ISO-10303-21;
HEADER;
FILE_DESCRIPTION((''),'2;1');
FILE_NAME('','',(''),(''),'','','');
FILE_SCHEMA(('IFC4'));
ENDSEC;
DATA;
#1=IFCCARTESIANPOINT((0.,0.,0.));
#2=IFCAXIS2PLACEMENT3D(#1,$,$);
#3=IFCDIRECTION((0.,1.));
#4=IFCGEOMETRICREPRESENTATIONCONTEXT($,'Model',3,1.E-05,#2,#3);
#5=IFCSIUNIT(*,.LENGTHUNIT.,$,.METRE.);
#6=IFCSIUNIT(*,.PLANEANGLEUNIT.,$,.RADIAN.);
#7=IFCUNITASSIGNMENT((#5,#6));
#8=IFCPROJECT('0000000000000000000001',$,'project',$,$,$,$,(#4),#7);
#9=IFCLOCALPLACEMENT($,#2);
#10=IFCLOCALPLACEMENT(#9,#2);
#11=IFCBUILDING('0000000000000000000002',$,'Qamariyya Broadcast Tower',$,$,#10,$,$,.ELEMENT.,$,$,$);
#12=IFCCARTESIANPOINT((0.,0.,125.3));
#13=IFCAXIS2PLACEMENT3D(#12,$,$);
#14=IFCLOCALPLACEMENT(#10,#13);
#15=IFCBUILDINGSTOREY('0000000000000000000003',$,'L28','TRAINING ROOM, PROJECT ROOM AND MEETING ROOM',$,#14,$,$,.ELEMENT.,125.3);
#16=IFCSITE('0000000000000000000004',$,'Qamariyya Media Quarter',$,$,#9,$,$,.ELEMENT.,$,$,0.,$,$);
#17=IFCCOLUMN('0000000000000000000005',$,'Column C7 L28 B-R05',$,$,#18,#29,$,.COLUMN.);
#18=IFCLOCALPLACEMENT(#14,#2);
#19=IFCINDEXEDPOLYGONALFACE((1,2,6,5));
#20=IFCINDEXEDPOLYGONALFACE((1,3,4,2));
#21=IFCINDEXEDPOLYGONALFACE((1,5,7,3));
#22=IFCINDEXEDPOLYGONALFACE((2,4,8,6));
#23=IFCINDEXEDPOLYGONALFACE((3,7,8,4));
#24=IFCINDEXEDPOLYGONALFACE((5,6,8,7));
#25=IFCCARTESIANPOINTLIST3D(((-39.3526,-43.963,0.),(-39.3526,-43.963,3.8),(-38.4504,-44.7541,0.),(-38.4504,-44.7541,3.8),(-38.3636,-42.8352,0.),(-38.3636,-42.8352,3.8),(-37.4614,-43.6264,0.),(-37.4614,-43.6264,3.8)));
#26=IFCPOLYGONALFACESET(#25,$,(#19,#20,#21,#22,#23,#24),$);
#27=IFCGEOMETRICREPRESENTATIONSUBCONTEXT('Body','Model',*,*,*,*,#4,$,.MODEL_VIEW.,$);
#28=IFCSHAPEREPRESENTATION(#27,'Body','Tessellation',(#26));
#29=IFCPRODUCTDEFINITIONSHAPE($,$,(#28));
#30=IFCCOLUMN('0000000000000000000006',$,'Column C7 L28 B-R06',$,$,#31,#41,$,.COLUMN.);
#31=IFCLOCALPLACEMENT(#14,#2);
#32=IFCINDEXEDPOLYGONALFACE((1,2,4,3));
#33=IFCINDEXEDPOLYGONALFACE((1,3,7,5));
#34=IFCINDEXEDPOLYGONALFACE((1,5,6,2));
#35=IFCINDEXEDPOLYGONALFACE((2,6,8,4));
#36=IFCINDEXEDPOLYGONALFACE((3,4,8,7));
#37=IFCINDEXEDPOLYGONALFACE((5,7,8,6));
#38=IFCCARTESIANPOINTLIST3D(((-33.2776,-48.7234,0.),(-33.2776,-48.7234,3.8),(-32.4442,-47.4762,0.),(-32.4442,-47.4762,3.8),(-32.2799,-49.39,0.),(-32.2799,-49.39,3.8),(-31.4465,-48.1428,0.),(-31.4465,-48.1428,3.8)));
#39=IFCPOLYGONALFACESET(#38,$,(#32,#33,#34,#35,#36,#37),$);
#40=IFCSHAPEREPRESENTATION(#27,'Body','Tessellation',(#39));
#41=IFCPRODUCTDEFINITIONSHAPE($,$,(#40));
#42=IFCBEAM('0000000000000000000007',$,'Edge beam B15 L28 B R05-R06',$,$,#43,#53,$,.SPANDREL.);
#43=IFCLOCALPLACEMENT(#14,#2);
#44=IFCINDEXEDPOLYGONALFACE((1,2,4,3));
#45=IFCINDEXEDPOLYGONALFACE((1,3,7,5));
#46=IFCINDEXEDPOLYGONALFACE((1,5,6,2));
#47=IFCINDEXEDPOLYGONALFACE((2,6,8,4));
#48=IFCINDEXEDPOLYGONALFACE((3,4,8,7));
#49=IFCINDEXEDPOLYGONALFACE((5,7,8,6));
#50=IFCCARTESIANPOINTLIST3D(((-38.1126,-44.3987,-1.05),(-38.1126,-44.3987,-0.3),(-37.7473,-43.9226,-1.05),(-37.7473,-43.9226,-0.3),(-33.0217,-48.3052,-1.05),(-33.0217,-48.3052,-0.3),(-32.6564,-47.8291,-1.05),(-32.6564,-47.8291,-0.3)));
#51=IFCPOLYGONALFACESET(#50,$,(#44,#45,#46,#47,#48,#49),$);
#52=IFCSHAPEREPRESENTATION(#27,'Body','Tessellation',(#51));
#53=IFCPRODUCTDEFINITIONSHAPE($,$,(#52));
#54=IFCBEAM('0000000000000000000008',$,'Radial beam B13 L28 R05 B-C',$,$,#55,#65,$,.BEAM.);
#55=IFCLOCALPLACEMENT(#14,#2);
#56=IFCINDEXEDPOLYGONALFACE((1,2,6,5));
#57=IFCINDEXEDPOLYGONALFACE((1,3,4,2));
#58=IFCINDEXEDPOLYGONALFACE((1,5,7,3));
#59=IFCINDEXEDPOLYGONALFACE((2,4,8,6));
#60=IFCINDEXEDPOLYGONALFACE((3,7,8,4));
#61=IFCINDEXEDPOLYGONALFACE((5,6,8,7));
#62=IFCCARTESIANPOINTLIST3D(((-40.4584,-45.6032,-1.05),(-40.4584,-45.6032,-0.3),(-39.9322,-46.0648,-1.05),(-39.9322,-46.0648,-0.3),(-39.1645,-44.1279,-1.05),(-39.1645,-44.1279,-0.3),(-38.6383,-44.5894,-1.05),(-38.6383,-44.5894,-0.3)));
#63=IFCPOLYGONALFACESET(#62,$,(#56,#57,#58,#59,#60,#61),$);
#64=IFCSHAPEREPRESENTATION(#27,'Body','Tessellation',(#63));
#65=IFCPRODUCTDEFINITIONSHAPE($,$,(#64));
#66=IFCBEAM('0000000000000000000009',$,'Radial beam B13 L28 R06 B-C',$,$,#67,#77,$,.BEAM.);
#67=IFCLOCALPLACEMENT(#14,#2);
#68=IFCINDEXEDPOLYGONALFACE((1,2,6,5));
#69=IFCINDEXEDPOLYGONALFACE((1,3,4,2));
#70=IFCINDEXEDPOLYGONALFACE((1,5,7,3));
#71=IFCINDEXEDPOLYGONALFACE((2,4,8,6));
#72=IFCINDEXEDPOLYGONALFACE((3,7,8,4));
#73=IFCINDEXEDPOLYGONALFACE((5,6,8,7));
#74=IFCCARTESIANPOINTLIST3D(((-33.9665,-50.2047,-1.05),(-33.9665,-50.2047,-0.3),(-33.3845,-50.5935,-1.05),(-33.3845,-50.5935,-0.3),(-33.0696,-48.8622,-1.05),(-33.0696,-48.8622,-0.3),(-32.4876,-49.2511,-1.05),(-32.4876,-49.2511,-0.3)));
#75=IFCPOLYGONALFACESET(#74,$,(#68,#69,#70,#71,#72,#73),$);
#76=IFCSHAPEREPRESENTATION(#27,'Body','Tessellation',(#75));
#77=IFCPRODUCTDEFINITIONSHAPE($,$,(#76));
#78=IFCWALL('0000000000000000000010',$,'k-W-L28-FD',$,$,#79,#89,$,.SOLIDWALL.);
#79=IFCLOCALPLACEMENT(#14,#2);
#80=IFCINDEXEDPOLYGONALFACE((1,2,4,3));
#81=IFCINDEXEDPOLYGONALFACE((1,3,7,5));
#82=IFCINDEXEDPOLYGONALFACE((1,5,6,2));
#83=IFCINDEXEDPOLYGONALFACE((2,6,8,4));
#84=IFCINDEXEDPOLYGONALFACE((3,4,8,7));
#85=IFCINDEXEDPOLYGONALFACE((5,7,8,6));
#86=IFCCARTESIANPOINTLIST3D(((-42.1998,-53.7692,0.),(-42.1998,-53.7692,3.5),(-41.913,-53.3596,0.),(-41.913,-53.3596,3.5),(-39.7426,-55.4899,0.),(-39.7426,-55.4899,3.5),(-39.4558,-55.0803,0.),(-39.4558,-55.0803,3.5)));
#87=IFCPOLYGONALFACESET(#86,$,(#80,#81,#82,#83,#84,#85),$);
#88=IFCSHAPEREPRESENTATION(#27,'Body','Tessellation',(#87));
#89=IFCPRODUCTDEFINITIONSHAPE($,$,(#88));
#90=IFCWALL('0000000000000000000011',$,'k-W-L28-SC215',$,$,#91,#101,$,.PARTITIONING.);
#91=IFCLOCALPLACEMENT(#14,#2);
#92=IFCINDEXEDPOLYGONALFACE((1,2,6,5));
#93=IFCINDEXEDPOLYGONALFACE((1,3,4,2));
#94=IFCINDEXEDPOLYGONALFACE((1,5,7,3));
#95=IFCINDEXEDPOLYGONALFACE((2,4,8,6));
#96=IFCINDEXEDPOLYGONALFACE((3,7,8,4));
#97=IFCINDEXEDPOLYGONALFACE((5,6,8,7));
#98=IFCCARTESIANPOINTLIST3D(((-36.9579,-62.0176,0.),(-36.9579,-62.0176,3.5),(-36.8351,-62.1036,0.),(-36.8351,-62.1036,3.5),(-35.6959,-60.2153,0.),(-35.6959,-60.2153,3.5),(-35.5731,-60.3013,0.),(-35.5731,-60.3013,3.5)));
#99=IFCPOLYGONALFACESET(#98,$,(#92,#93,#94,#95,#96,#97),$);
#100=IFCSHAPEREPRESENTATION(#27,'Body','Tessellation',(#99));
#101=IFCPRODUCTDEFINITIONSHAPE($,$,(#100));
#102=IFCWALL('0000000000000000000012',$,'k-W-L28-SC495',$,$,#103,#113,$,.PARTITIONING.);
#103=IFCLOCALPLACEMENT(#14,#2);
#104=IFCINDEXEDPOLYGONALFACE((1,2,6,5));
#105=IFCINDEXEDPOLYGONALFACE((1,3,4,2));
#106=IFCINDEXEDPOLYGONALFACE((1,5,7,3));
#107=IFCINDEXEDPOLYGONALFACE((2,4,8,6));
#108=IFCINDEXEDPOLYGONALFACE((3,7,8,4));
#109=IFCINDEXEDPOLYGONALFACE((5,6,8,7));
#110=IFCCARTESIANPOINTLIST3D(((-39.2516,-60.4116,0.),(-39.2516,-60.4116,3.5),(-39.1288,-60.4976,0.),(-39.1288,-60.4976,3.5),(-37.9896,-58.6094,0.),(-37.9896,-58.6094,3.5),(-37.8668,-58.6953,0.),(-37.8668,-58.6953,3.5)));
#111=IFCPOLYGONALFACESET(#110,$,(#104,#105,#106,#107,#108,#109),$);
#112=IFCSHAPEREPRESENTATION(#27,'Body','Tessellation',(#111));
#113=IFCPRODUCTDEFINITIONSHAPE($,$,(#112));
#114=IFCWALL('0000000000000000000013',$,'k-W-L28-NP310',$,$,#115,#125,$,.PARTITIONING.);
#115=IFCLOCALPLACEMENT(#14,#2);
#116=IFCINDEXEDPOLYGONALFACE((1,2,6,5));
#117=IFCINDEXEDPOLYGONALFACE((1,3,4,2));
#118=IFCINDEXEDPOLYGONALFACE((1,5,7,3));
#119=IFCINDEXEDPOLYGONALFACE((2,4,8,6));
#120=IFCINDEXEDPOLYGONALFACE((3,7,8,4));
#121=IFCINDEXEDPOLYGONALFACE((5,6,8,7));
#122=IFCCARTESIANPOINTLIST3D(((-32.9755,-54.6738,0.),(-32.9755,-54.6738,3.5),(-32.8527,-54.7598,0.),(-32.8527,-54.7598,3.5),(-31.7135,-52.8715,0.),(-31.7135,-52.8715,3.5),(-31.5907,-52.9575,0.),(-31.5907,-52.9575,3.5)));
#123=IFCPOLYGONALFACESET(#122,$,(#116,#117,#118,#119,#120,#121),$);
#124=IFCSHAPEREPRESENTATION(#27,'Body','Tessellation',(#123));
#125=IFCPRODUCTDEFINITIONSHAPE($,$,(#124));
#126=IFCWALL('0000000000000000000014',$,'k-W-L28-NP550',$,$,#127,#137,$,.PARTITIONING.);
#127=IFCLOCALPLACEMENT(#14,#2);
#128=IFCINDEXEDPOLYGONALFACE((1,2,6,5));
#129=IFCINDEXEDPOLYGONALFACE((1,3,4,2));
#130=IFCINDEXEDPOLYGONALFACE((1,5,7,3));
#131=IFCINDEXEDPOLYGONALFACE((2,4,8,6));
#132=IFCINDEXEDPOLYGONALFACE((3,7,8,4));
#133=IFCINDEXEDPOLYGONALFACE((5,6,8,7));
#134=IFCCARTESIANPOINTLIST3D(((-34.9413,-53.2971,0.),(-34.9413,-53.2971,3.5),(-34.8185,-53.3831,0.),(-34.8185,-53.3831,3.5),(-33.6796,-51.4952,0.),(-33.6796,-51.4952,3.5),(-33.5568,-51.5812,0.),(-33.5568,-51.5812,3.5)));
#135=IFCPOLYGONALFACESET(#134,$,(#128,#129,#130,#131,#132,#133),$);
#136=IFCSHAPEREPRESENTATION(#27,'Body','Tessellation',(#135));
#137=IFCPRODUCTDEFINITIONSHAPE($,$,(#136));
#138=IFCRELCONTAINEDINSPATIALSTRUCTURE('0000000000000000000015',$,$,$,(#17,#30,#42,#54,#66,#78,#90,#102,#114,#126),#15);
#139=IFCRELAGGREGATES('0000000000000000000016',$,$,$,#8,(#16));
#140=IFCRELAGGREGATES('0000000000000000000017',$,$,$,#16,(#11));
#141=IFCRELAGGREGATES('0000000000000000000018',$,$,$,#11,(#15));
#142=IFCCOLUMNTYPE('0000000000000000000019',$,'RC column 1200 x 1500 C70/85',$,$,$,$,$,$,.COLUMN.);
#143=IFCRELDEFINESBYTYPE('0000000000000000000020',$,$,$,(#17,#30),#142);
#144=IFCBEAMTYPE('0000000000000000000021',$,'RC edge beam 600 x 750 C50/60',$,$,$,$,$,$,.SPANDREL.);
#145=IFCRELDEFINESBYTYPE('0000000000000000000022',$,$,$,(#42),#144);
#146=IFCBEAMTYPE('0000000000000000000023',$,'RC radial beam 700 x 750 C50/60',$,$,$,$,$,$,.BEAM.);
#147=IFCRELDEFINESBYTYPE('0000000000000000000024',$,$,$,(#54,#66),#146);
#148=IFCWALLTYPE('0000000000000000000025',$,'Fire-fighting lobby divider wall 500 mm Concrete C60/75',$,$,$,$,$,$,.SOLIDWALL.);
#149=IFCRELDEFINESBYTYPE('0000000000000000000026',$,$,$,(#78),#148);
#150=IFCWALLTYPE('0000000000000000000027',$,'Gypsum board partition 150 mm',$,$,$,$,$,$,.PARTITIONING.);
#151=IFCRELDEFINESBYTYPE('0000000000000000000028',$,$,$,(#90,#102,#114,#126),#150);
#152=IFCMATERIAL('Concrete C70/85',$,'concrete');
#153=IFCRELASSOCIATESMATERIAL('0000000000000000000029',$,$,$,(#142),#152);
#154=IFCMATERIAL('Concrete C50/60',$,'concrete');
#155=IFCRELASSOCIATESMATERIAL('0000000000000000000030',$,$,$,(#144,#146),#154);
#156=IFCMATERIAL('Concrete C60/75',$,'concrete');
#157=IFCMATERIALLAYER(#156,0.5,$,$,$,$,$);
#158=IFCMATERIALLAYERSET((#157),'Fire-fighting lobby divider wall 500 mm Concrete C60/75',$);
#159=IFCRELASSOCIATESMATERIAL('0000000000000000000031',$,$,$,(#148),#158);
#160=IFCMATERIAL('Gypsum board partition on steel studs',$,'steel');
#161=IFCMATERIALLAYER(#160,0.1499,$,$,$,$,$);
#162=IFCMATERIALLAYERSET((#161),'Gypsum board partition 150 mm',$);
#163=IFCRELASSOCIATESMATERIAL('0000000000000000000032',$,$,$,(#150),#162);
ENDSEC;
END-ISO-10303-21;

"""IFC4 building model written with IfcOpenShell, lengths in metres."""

from ifc_helpers import new_model, si_unit, direction, frame, frame_2d, origin, origin_2d, place, context, subcontext, project, spatial, rectangle, extrude, material, layer, layer_set, material_profile, profile_set, type_object, element, save


model = new_model("IFC4")

# Units and contexts
model_context = context("Model", 3, precision=1e-05, world=origin(), true_north=direction((0.0, 1.0)))
body_context = subcontext(model_context, "Body", "Model", "MODEL_VIEW")
ifc_project = project(units=[si_unit("LENGTHUNIT", "METRE"), si_unit("PLANEANGLEUNIT", "RADIAN")], contexts=[model_context])

# Site, building, storey
site_placement = place(None, origin())
site = spatial("IfcSite", under=ifc_project, at=site_placement, Name="Qamariyya Media Quarter", CompositionType="ELEMENT", RefElevation=0.0)
building_placement = place(site_placement, origin())
building = spatial("IfcBuilding", under=site, at=building_placement, Name="Qamariyya Broadcast Tower", CompositionType="ELEMENT")
storey_placement = place(building_placement, frame((0.0, 0.0, 125.3)))
storey = spatial("IfcBuildingStorey", under=building, at=storey_placement, Name="L28", Description="TRAINING ROOM, PROJECT ROOM AND MEETING ROOM", CompositionType="ELEMENT", Elevation=125.3)

# Columns
ifc_material_1 = material(Name="Concrete C70/85", Category="concrete")
ifc_material_profile_1 = material_profile(ifc_material_1, rectangle(XDim=1.2, YDim=1.5, at=origin_2d()))
ifc_profile_set_1 = profile_set([ifc_material_profile_1], Name="Concrete C70/85")
column_type = type_object("IfcColumnType", Name="RC column 1200 x 1500 C70/85", PredefinedType="COLUMN", material=ifc_profile_set_1)
for number, where, z_axis, x_axis, name in (
    (1, (-38.407, -43.7947, 0.0), (0.0, 0.0, 1.0), (0.75184, -0.659346, 0.0), "Column C7 L28 B-R05"),
    (2, (-32.3621, -48.4331, 0.0), (0.0, 0.0, 1.0), (0.83147, -0.55557, 0.0), "Column C7 L28 B-R06"),
):
    element("IfcColumn", number, at=place(storey_placement, frame(where, z_axis=z_axis, x_axis=x_axis)), inside=storey, type_object=column_type, Name=name, PredefinedType="COLUMN", context=body_context, shape_type="SweptSolid", body=[
        extrude(rectangle(XDim=1.2, YDim=1.5, at=origin_2d()), origin(), (0.0, 0.0, 1.0), 3.8),
    ])

# Beams
ifc_material_2 = material(Name="Concrete C50/60", Category="concrete")
ifc_material_profile_2 = material_profile(ifc_material_2, rectangle(XDim=0.6001, YDim=0.75, at=origin_2d()))
ifc_profile_set_2 = profile_set([ifc_material_profile_2], Name="Concrete C50/60")
beam_type_1 = type_object("IfcBeamType", Name="RC edge beam 600 x 750 C50/60", PredefinedType="SPANDREL", material=ifc_profile_set_2)
beam_1_placement = place(storey_placement, frame((-37.9299, -44.1606, -0.675), z_axis=(0.793341, -0.608778, 0.0), x_axis=(0.608778, 0.793341, 0.0)))
element("IfcBeam", 3, at=beam_1_placement, inside=storey, type_object=beam_type_1, Name="Edge beam B15 L28 B R05-R06", PredefinedType="SPANDREL", context=body_context, shape_type="SweptSolid", body=[
    extrude(rectangle(XDim=0.6001, YDim=0.75, at=origin_2d()), origin(), (0.0, 0.0, 1.0), 6.417),
])
ifc_material_profile_3 = material_profile(ifc_material_2, rectangle(XDim=0.7, YDim=0.75, at=origin_2d()))
ifc_profile_set_3 = profile_set([ifc_material_profile_3], Name="Concrete C50/60")
beam_type_2 = type_object("IfcBeamType", Name="RC radial beam 700 x 750 C50/60", PredefinedType="BEAM", material=ifc_profile_set_3)
beam_2_placement = place(storey_placement, frame((-38.9014, -44.3586, -0.675), z_axis=(-0.659376, -0.751813, 0.0), x_axis=(0.751813, -0.659376, 0.0)))
element("IfcBeam", 4, at=beam_2_placement, inside=storey, type_object=beam_type_2, Name="Radial beam B13 L28 R05 B-C", PredefinedType="BEAM", context=body_context, shape_type="SweptSolid", body=[
    extrude(rectangle(XDim=0.7, YDim=0.75, at=origin_2d()), origin(), (0.0, 0.0, 1.0), 1.9624),
])
beam_3_placement = place(storey_placement, frame((-32.7786, -49.0566, -0.675), z_axis=(-0.555537, -0.831492, 0.0), x_axis=(0.831492, -0.555537, 0.0)))
element("IfcBeam", 5, at=beam_3_placement, inside=storey, type_object=beam_type_2, Name="Radial beam B13 L28 R06 B-C", PredefinedType="BEAM", context=body_context, shape_type="SweptSolid", body=[
    extrude(rectangle(XDim=0.7, YDim=0.75, at=origin_2d()), origin(), (0.0, 0.0, 1.0), 1.6145),
])

# Walls
ifc_material_3 = material(Name="Concrete C60/75", Category="concrete")
ifc_layer_1 = layer(ifc_material_3, 0.5)
ifc_layer_set_1 = layer_set([ifc_layer_1], Name="Fire-fighting lobby divider wall 500 mm Concrete C60/75")
wall_type_1 = type_object("IfcWallType", Name="Fire-fighting lobby divider wall 500 mm Concrete C60/75", PredefinedType="SOLIDWALL", material=ifc_layer_set_1)
wall_1_placement = place(storey_placement, frame((-39.5991, -55.2852, 0.0), z_axis=(0.0, 0.0, 1.0), x_axis=(-0.819136, 0.573599, 0.0)))
element("IfcWall", 6, at=wall_1_placement, inside=storey, type_object=wall_type_1, Name="k-W-L28-FD", PredefinedType="SOLIDWALL", context=body_context, shape_type="SweptSolid", body=[
    extrude(rectangle(XDim=2.9998, YDim=0.5, at=frame_2d((1.5, 0.0))), origin(), (0.0, 0.0, 1.0), 3.5),
])
ifc_material_4 = material(Name="Gypsum board partition on steel studs", Category="steel")
ifc_layer_2 = layer(ifc_material_4, 0.1499)
ifc_layer_set_2 = layer_set([ifc_layer_2], Name="Gypsum board partition 150 mm")
wall_type_2 = type_object("IfcWallType", Name="Gypsum board partition 150 mm", PredefinedType="PARTITIONING", material=ifc_layer_set_2)
for number, where, z_axis, x_axis, name in (
    (7, (-35.6345, -60.2583, 0.0), (0.0, 0.0, 1.0), (-0.573581, -0.819149, 0.0), "k-W-L28-SC215"),
    (8, (-37.9282, -58.6523, 0.0), (0.0, 0.0, 1.0), (-0.573581, -0.819149, 0.0), "k-W-L28-SC495"),
    (9, (-32.9141, -54.7168, 0.0), (0.0, 0.0, 1.0), (0.573581, 0.819149, 0.0), "k-W-L28-NP310"),
):
    element("IfcWall", number, at=place(storey_placement, frame(where, z_axis=z_axis, x_axis=x_axis)), inside=storey, type_object=wall_type_2, Name=name, PredefinedType="PARTITIONING", context=body_context, shape_type="SweptSolid", body=[
        extrude(rectangle(XDim=2.2002, YDim=0.1499, at=frame_2d((1.1001, 0.0))), origin(), (0.0, 0.0, 1.0), 3.5),
    ])
wall_2_placement = place(storey_placement, frame((-34.8799, -53.3401, 0.0), z_axis=(0.0, 0.0, 1.0), x_axis=(0.573559, 0.819164, 0.0)))
element("IfcWall", 10, at=wall_2_placement, inside=storey, type_object=wall_type_2, Name="k-W-L28-NP550", PredefinedType="PARTITIONING", context=body_context, shape_type="SweptSolid", body=[
    extrude(rectangle(XDim=2.1997, YDim=0.1499, at=frame_2d((1.0999, 0.0))), origin(), (0.0, 0.0, 1.0), 3.5),
])

save(model, "model.ifc")
